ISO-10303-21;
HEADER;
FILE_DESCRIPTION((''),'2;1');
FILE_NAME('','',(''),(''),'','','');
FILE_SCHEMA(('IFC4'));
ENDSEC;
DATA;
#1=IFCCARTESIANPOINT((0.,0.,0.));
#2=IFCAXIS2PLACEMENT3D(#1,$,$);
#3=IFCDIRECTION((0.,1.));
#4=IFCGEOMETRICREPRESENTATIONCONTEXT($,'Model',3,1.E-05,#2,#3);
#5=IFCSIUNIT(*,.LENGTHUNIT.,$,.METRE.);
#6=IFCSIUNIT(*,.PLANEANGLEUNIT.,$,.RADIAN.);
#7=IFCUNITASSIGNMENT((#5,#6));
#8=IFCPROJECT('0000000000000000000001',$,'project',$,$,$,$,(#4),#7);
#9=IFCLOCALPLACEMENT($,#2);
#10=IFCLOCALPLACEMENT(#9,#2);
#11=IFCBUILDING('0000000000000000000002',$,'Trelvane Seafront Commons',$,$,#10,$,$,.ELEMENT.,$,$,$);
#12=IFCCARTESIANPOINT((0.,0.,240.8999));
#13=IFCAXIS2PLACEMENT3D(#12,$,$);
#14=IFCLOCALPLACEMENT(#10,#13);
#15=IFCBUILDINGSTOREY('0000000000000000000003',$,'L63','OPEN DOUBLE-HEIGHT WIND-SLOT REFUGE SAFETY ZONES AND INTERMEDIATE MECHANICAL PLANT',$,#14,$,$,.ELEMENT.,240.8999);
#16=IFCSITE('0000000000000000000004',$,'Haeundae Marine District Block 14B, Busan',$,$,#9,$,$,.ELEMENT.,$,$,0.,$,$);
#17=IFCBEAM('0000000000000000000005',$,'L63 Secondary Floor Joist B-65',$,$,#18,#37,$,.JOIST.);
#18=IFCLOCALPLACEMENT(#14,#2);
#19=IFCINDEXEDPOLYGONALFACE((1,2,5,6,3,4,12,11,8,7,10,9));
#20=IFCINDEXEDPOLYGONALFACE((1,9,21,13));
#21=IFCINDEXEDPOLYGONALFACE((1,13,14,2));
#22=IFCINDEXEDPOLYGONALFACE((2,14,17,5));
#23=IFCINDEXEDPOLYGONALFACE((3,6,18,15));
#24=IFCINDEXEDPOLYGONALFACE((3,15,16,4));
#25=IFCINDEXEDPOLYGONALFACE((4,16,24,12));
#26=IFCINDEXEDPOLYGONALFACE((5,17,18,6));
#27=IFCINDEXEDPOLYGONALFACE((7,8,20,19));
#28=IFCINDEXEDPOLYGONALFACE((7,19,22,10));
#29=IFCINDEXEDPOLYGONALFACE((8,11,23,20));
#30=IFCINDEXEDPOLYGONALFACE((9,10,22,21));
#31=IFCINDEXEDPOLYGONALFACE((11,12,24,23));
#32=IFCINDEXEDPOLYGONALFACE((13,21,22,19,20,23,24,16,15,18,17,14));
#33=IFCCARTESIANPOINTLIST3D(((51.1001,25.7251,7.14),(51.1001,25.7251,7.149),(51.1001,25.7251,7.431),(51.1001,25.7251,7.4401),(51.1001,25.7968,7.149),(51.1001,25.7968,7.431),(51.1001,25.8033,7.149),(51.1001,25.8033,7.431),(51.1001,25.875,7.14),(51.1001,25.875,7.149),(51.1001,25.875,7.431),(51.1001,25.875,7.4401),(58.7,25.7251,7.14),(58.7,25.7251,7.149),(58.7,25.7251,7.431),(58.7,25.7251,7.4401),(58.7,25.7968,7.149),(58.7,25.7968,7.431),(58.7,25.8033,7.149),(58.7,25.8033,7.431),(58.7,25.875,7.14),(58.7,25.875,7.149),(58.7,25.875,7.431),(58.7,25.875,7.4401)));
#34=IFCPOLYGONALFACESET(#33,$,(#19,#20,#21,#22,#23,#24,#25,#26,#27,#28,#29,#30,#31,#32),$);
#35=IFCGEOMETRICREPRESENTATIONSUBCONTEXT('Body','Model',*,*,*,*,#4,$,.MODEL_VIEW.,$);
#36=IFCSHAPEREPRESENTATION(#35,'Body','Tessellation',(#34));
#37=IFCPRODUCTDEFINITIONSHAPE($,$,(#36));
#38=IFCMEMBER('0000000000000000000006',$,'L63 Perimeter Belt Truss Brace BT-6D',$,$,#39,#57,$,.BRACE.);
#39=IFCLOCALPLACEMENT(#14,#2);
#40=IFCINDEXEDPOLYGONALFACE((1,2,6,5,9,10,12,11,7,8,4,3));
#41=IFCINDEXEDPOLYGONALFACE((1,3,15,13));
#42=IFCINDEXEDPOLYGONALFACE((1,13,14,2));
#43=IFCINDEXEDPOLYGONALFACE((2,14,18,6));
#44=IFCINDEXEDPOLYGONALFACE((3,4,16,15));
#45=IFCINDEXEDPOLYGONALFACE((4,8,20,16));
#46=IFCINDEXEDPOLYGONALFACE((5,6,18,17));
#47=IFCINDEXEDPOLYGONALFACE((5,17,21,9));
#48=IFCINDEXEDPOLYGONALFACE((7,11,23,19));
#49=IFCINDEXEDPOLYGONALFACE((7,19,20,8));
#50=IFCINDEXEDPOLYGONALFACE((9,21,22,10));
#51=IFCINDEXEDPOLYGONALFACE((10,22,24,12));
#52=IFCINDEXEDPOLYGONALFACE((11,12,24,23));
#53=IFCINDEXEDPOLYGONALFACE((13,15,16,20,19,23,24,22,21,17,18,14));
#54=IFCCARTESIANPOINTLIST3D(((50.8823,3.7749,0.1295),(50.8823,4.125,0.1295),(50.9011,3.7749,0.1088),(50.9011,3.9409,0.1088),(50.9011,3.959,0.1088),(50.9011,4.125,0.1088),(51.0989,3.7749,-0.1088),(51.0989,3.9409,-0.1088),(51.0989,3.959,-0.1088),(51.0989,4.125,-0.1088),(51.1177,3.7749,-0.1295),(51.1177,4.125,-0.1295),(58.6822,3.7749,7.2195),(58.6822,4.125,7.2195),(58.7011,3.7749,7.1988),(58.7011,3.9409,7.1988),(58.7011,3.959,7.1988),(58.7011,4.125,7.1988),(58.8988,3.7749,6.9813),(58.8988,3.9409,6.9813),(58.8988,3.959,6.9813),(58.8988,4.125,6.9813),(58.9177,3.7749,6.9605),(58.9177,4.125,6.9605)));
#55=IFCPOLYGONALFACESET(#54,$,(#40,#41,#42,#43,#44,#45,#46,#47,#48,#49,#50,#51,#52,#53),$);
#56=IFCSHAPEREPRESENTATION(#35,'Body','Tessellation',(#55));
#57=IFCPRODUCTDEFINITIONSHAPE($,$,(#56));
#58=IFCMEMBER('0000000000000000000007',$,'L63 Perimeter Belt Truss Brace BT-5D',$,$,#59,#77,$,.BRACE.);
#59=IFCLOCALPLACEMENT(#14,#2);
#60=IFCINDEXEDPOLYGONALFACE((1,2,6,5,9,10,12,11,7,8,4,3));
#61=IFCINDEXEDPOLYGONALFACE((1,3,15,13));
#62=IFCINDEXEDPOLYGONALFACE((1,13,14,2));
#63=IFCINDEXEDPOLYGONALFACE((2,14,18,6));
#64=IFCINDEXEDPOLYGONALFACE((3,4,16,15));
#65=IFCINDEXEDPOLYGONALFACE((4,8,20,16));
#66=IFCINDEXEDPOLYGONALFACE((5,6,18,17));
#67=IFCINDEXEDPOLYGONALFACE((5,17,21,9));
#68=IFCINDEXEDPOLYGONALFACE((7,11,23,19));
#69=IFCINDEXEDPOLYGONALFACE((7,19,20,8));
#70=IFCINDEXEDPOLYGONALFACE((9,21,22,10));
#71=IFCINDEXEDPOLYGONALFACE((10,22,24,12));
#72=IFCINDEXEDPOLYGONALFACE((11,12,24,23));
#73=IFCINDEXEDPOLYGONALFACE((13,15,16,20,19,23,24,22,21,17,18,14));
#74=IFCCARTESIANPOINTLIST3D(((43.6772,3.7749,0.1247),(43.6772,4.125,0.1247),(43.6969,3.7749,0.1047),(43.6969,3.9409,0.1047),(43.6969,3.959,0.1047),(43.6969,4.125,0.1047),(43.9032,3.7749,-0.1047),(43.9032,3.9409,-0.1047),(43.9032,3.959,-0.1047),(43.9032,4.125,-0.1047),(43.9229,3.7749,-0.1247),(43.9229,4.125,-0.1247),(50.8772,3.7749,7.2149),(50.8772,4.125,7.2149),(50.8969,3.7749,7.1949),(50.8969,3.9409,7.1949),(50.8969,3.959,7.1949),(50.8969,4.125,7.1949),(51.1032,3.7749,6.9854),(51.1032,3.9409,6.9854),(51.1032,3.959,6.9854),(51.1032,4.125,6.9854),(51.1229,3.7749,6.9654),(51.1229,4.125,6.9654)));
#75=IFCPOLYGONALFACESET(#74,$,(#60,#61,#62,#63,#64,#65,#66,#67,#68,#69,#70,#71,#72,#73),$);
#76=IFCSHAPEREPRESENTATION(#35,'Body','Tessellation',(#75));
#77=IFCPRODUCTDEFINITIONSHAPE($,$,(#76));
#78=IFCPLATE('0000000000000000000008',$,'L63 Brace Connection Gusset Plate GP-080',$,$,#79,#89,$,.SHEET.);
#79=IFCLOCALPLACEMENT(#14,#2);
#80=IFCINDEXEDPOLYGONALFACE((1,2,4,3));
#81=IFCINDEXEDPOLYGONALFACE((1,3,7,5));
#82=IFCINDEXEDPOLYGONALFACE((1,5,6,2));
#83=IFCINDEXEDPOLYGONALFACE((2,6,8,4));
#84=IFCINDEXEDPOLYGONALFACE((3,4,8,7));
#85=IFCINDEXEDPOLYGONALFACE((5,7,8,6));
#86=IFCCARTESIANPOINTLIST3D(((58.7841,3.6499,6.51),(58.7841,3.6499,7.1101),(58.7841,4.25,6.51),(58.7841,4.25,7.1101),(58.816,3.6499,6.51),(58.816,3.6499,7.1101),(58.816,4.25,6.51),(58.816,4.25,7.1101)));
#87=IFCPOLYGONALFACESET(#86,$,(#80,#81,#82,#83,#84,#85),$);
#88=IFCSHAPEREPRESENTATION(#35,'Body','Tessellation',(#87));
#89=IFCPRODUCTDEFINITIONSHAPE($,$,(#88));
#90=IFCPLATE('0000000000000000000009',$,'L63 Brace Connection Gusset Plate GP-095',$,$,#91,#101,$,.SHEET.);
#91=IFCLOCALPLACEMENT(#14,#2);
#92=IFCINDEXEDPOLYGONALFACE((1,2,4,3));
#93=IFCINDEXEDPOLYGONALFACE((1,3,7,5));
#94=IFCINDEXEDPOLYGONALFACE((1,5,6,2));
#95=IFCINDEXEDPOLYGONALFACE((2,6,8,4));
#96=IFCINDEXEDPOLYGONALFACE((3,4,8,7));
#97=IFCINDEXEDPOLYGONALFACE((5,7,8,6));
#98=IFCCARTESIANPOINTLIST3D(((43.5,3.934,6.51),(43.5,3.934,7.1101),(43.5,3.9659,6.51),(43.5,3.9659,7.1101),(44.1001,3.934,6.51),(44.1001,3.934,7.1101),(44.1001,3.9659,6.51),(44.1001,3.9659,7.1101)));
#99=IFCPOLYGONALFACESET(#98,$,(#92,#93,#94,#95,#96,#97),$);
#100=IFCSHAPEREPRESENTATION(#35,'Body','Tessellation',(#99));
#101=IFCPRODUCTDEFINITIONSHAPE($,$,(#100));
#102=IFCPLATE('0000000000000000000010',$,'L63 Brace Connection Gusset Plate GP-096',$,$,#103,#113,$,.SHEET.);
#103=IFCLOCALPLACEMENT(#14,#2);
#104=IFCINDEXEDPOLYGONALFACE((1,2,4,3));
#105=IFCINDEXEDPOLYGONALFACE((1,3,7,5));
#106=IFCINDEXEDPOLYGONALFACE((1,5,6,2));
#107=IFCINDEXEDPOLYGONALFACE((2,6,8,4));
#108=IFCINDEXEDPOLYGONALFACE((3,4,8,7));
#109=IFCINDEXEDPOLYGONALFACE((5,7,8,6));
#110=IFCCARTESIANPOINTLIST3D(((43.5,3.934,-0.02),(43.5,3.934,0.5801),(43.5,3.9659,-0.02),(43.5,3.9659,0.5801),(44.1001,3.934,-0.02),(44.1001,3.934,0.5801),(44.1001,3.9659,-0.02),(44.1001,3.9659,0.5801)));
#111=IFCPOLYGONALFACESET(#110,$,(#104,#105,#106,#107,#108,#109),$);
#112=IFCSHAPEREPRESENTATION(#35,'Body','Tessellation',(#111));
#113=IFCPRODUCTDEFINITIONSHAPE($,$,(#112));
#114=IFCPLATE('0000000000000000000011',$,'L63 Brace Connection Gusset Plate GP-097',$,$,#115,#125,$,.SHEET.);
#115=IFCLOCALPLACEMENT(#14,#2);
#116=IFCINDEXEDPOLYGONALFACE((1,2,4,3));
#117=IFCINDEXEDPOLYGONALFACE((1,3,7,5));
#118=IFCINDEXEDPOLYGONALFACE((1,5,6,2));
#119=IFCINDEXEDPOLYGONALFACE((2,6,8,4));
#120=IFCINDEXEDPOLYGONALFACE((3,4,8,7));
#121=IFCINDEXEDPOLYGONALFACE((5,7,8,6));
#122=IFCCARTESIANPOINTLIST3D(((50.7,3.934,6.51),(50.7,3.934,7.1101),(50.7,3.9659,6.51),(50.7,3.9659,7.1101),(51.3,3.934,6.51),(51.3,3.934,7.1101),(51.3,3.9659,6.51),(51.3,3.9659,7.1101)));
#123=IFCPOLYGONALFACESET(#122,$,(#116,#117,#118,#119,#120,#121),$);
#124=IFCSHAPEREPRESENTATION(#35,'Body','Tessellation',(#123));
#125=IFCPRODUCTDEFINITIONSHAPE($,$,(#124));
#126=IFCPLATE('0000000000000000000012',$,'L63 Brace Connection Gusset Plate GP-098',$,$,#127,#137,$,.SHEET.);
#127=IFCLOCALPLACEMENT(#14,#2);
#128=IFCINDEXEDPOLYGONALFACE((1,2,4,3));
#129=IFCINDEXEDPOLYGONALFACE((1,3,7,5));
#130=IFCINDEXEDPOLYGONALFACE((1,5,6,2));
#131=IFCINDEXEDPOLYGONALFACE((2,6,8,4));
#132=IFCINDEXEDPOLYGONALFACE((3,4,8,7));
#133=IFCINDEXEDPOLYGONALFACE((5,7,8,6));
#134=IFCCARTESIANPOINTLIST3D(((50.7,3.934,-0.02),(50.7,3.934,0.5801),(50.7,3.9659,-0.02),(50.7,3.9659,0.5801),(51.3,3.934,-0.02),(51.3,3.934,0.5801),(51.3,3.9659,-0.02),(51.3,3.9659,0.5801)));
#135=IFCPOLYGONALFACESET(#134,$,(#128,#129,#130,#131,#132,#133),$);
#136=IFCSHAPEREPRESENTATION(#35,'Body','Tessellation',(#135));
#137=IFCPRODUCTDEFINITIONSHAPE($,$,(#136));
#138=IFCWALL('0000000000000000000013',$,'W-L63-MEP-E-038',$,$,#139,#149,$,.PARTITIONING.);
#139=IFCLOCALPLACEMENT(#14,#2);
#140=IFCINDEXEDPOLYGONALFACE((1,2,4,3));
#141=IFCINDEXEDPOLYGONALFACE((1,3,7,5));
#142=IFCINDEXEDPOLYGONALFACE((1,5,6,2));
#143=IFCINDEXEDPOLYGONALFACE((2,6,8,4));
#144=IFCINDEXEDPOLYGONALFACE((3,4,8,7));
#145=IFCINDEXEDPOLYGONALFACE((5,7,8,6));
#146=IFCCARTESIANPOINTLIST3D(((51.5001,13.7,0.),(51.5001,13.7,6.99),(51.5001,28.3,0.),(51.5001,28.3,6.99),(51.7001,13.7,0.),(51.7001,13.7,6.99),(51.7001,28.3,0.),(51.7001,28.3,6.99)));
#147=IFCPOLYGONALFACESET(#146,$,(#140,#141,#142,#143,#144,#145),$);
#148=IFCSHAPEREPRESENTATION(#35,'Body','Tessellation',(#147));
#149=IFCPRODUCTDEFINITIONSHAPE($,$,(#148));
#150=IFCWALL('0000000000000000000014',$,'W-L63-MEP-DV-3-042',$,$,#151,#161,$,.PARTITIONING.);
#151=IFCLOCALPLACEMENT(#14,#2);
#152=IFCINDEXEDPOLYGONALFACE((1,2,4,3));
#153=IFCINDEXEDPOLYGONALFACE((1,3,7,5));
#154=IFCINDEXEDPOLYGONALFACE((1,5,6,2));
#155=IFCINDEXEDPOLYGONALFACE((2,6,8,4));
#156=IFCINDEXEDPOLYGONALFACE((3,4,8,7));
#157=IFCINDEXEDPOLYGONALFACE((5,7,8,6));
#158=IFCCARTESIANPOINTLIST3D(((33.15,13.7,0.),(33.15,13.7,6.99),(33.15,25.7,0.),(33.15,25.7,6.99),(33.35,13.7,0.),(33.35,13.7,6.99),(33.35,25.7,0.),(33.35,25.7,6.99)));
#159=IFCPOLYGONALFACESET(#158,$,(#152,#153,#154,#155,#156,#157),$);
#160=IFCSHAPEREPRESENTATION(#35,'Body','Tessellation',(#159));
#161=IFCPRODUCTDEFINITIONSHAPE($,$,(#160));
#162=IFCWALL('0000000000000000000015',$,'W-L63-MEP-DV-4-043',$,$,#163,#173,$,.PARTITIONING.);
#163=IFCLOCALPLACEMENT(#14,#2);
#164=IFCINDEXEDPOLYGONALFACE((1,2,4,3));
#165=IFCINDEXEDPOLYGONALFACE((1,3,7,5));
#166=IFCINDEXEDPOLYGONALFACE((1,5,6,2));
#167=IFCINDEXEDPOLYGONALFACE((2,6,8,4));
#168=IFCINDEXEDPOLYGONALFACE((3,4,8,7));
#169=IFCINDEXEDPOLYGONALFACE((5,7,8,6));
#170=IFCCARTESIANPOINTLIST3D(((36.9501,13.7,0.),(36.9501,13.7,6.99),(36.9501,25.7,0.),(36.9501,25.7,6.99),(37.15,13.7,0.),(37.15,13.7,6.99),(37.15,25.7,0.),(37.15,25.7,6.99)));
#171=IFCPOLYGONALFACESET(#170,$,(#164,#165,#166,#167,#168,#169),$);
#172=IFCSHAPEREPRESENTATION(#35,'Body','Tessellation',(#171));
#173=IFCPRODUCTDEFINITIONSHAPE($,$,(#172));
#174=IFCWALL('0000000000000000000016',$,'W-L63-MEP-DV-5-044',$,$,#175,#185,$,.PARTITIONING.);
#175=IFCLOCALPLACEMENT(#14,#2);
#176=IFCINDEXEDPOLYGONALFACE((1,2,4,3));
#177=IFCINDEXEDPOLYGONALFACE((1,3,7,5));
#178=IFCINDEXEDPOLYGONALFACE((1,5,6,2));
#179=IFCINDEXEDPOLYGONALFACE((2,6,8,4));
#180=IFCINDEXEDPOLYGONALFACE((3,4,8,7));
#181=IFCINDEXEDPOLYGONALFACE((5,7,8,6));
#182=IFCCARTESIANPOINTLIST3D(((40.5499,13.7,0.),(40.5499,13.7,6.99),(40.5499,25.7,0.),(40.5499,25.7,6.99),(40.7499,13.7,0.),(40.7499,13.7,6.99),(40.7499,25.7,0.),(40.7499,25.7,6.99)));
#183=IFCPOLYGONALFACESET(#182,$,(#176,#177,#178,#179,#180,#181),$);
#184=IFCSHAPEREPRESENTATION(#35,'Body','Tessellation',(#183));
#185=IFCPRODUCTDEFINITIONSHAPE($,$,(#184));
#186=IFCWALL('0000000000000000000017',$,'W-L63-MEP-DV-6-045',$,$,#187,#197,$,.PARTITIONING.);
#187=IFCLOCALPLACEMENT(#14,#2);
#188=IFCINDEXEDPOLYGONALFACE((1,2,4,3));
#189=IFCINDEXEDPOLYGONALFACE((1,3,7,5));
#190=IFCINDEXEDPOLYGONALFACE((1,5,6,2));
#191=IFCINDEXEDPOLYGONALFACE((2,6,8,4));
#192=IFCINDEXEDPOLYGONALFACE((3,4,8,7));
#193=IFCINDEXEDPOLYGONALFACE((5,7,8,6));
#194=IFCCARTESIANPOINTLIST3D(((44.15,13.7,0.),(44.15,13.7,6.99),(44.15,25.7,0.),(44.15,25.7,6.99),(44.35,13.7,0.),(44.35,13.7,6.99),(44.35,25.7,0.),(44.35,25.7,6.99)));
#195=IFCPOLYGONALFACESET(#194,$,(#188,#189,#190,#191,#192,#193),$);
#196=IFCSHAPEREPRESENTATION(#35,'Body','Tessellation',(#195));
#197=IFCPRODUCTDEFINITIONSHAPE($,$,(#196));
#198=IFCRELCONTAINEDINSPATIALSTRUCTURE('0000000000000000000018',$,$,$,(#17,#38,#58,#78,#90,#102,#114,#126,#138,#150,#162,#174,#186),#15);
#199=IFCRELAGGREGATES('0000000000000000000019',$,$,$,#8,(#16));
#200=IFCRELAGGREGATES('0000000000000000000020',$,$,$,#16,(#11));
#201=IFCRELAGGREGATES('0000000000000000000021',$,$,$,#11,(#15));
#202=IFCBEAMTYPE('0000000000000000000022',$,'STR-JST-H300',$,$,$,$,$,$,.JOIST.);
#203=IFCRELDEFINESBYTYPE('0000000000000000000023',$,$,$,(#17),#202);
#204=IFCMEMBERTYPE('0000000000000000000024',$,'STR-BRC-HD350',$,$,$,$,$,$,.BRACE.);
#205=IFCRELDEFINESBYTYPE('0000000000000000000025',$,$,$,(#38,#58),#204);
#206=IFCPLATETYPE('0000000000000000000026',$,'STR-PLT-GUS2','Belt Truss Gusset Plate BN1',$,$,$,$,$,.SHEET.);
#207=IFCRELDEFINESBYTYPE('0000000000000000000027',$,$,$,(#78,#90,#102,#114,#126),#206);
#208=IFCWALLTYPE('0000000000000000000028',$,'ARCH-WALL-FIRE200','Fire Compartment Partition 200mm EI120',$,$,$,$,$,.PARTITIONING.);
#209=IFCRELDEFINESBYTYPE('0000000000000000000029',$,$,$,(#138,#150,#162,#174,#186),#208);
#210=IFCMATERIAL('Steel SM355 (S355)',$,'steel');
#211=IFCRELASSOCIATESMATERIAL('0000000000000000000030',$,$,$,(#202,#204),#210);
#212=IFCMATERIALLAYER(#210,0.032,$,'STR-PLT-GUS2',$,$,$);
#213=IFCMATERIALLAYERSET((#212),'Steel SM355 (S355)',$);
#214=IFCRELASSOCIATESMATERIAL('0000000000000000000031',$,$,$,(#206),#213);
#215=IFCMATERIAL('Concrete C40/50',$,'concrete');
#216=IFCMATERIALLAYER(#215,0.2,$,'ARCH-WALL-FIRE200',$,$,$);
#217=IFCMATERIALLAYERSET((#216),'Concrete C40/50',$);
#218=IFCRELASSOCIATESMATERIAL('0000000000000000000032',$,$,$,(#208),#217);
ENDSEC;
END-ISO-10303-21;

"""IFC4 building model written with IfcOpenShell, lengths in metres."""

from ifc_helpers import new_model, si_unit, direction, frame, frame_2d, origin, origin_2d, place, context, subcontext, project, spatial, rectangle, i_section, extrude, source, transform, mapped, material, layer, layer_set, material_profile, profile_set, type_object, element, save


model = new_model("IFC4")

# Units and contexts
model_context = context("Model", 3, precision=1e-05, world=origin(), true_north=direction((0.0, 1.0)))
body_context = subcontext(model_context, "Body", "Model", "MODEL_VIEW")
ifc_project = project(units=[si_unit("LENGTHUNIT", "METRE"), si_unit("PLANEANGLEUNIT", "RADIAN")], contexts=[model_context])

# Site, building, storey
site_placement = place(None, origin())
site = spatial("IfcSite", under=ifc_project, at=site_placement, Name="Haeundae Marine District Block 14B, Busan", CompositionType="ELEMENT", RefElevation=0.0)
building_placement = place(site_placement, origin())
building = spatial("IfcBuilding", under=site, at=building_placement, Name="Trelvane Seafront Commons", CompositionType="ELEMENT")
storey_placement = place(building_placement, frame((0.0, 0.0, 240.8999)))
storey = spatial("IfcBuildingStorey", under=building, at=storey_placement, Name="L63", Description="OPEN DOUBLE-HEIGHT WIND-SLOT REFUGE SAFETY ZONES AND INTERMEDIATE MECHANICAL PLANT", CompositionType="ELEMENT", Elevation=240.8999)

# Shared definitions
ifc_material_1 = material(Name="Steel SM355 (S355)", Category="steel")

# Beam
ifc_material_profile_1 = material_profile(ifc_material_1, i_section(OverallWidth=0.1499, OverallDepth=0.3, WebThickness=0.0066, FlangeThickness=0.009, at=origin_2d()), Name="H-300x150x6.5x9")
ifc_profile_set_1 = profile_set([ifc_material_profile_1], Name="Steel SM355 (S355)")
beam_type_1 = type_object("IfcBeamType", Name="STR-JST-H300", PredefinedType="JOIST", material=ifc_profile_set_1)
shared_shape_1 = source(origin(), body_context, "Body", "SweptSolid", [
    extrude(i_section(OverallWidth=0.1499, OverallDepth=0.3, WebThickness=0.0066, FlangeThickness=0.009, at=origin_2d()), origin(), (0.0, 0.0, 1.0), 7.5999),
])
for number, where, z_axis, x_axis, name in (
    (1, (51.1001, 25.8, 7.29), (1.0, 0.0, 0.0), (0.0, 1.0, 0.0), "L63 Secondary Floor Joist B-65"),
):
    element("IfcBeam", number, at=place(storey_placement, frame(where, z_axis=z_axis, x_axis=x_axis)), inside=storey, type_object=beam_type_1, Name=name, PredefinedType="JOIST", context=body_context, shape_type="MappedRepresentation", body=[
        mapped(shared_shape_1, transform((0.0, 0.0, 0.0), x_axis=(1.0, 0.0, 0.0), y_axis=(0.0, 1.0, 0.0), z_axis=(0.0, 0.0, 1.0), scale=1.0)),
    ])

# Members
ifc_material_profile_2 = material_profile(ifc_material_1, i_section(OverallWidth=0.3501, OverallDepth=0.3501, WebThickness=0.0181, FlangeThickness=0.0281, at=origin_2d()), Name="HD-350x350x18x28")
ifc_profile_set_2 = profile_set([ifc_material_profile_2], Name="Steel SM355 (S355)")
member_type = type_object("IfcMemberType", Name="STR-BRC-HD350", PredefinedType="BRACE", material=ifc_profile_set_2)
shared_shape_2 = source(origin(), body_context, "Body", "SweptSolid", [
    extrude(i_section(OverallWidth=0.3501, OverallDepth=0.3501, WebThickness=0.0181, FlangeThickness=0.0281, at=origin_2d()), origin(), (0.0, 0.0, 1.0), 10.5408),
])
member_1_placement = place(storey_placement, frame((51.0, 3.95, 0.0), z_axis=(0.739981, 0.0, 0.672628), x_axis=(0.0, 1.0, 0.0)))
element("IfcMember", 2, at=member_1_placement, inside=storey, type_object=member_type, Name="L63 Perimeter Belt Truss Brace BT-6D", PredefinedType="BRACE", context=body_context, shape_type="MappedRepresentation", body=[
    mapped(shared_shape_2, transform((0.0, 0.0, 0.0), x_axis=(1.0, 0.0, 0.0), y_axis=(0.0, 1.0, 0.0), z_axis=(0.0, 0.0, 1.0), scale=1.0)),
])
shared_shape_3 = source(origin(), body_context, "Body", "SweptSolid", [
    extrude(i_section(OverallWidth=0.3501, OverallDepth=0.3501, WebThickness=0.0181, FlangeThickness=0.0281, at=origin_2d()), origin(), (0.0, 0.0, 1.0), 10.105),
])
member_2_placement = place(storey_placement, frame((43.8, 3.95, 0.0), z_axis=(0.712522, 0.0, 0.70165), x_axis=(0.0, 1.0, 0.0)))
element("IfcMember", 3, at=member_2_placement, inside=storey, type_object=member_type, Name="L63 Perimeter Belt Truss Brace BT-5D", PredefinedType="BRACE", context=body_context, shape_type="MappedRepresentation", body=[
    mapped(shared_shape_3, transform((0.0, 0.0, 0.0), x_axis=(1.0, 0.0, 0.0), y_axis=(0.0, 1.0, 0.0), z_axis=(0.0, 0.0, 1.0), scale=1.0)),
])

# Plates
ifc_layer_1 = layer(ifc_material_1, 0.032, Name="STR-PLT-GUS2")
ifc_layer_set_1 = layer_set([ifc_layer_1], Name="Steel SM355 (S355)")
plate_type = type_object("IfcPlateType", Name="STR-PLT-GUS2", Description="Belt Truss Gusset Plate BN1", PredefinedType="SHEET", material=ifc_layer_set_1)
shared_shape_4 = source(origin(), body_context, "Body", "SweptSolid", [
    extrude(rectangle(XDim=0.032, YDim=0.6001, at=origin_2d()), origin(), (0.0, 0.0, 1.0), 0.6001),
])
plate_placement = place(storey_placement, frame((58.8, 3.95, 6.51), z_axis=(0.0, 0.0, 1.0), x_axis=(1.0, 0.0, 0.0)))
element("IfcPlate", 4, at=plate_placement, inside=storey, type_object=plate_type, Name="L63 Brace Connection Gusset Plate GP-080", PredefinedType="SHEET", context=body_context, shape_type="MappedRepresentation", body=[
    mapped(shared_shape_4, transform((0.0, 0.0, 0.0), x_axis=(1.0, 0.0, 0.0), y_axis=(0.0, 1.0, 0.0), z_axis=(0.0, 0.0, 1.0), scale=1.0)),
])
shared_shape_5 = source(origin(), body_context, "Body", "SweptSolid", [
    extrude(rectangle(XDim=0.6001, YDim=0.032, at=origin_2d()), origin(), (0.0, 0.0, 1.0), 0.6001),
])
for number, where, z_axis, x_axis, name in (
    (5, (43.8, 3.95, 6.51), (0.0, 0.0, 1.0), (1.0, 0.0, 0.0), "L63 Brace Connection Gusset Plate GP-095"),
    (6, (43.8, 3.95, -0.02), (0.0, 0.0, 1.0), (1.0, 0.0, 0.0), "L63 Brace Connection Gusset Plate GP-096"),
    (7, (51.0, 3.95, 6.51), (0.0, 0.0, 1.0), (1.0, 0.0, 0.0), "L63 Brace Connection Gusset Plate GP-097"),
    (8, (51.0, 3.95, -0.02), (0.0, 0.0, 1.0), (1.0, 0.0, 0.0), "L63 Brace Connection Gusset Plate GP-098"),
):
    element("IfcPlate", number, at=place(storey_placement, frame(where, z_axis=z_axis, x_axis=x_axis)), inside=storey, type_object=plate_type, Name=name, PredefinedType="SHEET", context=body_context, shape_type="MappedRepresentation", body=[
        mapped(shared_shape_5, transform((0.0, 0.0, 0.0), x_axis=(1.0, 0.0, 0.0), y_axis=(0.0, 1.0, 0.0), z_axis=(0.0, 0.0, 1.0), scale=1.0)),
    ])

# Walls
ifc_material_2 = material(Name="Concrete C40/50", Category="concrete")
ifc_layer_2 = layer(ifc_material_2, 0.2, Name="ARCH-WALL-FIRE200")
ifc_layer_set_2 = layer_set([ifc_layer_2], Name="Concrete C40/50")
wall_type = type_object("IfcWallType", Name="ARCH-WALL-FIRE200", Description="Fire Compartment Partition 200mm EI120", PredefinedType="PARTITIONING", material=ifc_layer_set_2)
wall_placement = place(storey_placement, frame((51.6001, 13.7, 0.0), z_axis=(0.0, 0.0, 1.0), x_axis=(0.0, 1.0, 0.0)))
element("IfcWall", 9, at=wall_placement, inside=storey, type_object=wall_type, Name="W-L63-MEP-E-038", PredefinedType="PARTITIONING", context=body_context, shape_type="SweptSolid", body=[
    extrude(rectangle(XDim=14.6001, YDim=0.2, at=frame_2d((7.3, 0.0))), origin(), (0.0, 0.0, 1.0), 6.99),
])
for number, where, z_axis, x_axis, name in (
    (10, (33.25, 13.7, 0.0), (0.0, 0.0, 1.0), (0.0, 1.0, 0.0), "W-L63-MEP-DV-3-042"),
    (11, (37.05, 13.7, 0.0), (0.0, 0.0, 1.0), (0.0, 1.0, 0.0), "W-L63-MEP-DV-4-043"),
    (12, (40.6499, 13.7, 0.0), (0.0, 0.0, 1.0), (0.0, 1.0, 0.0), "W-L63-MEP-DV-5-044"),
    (13, (44.25, 13.7, 0.0), (0.0, 0.0, 1.0), (0.0, 1.0, 0.0), "W-L63-MEP-DV-6-045"),
):
    element("IfcWall", number, at=place(storey_placement, frame(where, z_axis=z_axis, x_axis=x_axis)), inside=storey, type_object=wall_type, Name=name, PredefinedType="PARTITIONING", context=body_context, shape_type="SweptSolid", body=[
        extrude(rectangle(XDim=12.0, YDim=0.2, at=frame_2d((6.0, 0.0))), origin(), (0.0, 0.0, 1.0), 6.99),
    ])

save(model, "model.ifc")
